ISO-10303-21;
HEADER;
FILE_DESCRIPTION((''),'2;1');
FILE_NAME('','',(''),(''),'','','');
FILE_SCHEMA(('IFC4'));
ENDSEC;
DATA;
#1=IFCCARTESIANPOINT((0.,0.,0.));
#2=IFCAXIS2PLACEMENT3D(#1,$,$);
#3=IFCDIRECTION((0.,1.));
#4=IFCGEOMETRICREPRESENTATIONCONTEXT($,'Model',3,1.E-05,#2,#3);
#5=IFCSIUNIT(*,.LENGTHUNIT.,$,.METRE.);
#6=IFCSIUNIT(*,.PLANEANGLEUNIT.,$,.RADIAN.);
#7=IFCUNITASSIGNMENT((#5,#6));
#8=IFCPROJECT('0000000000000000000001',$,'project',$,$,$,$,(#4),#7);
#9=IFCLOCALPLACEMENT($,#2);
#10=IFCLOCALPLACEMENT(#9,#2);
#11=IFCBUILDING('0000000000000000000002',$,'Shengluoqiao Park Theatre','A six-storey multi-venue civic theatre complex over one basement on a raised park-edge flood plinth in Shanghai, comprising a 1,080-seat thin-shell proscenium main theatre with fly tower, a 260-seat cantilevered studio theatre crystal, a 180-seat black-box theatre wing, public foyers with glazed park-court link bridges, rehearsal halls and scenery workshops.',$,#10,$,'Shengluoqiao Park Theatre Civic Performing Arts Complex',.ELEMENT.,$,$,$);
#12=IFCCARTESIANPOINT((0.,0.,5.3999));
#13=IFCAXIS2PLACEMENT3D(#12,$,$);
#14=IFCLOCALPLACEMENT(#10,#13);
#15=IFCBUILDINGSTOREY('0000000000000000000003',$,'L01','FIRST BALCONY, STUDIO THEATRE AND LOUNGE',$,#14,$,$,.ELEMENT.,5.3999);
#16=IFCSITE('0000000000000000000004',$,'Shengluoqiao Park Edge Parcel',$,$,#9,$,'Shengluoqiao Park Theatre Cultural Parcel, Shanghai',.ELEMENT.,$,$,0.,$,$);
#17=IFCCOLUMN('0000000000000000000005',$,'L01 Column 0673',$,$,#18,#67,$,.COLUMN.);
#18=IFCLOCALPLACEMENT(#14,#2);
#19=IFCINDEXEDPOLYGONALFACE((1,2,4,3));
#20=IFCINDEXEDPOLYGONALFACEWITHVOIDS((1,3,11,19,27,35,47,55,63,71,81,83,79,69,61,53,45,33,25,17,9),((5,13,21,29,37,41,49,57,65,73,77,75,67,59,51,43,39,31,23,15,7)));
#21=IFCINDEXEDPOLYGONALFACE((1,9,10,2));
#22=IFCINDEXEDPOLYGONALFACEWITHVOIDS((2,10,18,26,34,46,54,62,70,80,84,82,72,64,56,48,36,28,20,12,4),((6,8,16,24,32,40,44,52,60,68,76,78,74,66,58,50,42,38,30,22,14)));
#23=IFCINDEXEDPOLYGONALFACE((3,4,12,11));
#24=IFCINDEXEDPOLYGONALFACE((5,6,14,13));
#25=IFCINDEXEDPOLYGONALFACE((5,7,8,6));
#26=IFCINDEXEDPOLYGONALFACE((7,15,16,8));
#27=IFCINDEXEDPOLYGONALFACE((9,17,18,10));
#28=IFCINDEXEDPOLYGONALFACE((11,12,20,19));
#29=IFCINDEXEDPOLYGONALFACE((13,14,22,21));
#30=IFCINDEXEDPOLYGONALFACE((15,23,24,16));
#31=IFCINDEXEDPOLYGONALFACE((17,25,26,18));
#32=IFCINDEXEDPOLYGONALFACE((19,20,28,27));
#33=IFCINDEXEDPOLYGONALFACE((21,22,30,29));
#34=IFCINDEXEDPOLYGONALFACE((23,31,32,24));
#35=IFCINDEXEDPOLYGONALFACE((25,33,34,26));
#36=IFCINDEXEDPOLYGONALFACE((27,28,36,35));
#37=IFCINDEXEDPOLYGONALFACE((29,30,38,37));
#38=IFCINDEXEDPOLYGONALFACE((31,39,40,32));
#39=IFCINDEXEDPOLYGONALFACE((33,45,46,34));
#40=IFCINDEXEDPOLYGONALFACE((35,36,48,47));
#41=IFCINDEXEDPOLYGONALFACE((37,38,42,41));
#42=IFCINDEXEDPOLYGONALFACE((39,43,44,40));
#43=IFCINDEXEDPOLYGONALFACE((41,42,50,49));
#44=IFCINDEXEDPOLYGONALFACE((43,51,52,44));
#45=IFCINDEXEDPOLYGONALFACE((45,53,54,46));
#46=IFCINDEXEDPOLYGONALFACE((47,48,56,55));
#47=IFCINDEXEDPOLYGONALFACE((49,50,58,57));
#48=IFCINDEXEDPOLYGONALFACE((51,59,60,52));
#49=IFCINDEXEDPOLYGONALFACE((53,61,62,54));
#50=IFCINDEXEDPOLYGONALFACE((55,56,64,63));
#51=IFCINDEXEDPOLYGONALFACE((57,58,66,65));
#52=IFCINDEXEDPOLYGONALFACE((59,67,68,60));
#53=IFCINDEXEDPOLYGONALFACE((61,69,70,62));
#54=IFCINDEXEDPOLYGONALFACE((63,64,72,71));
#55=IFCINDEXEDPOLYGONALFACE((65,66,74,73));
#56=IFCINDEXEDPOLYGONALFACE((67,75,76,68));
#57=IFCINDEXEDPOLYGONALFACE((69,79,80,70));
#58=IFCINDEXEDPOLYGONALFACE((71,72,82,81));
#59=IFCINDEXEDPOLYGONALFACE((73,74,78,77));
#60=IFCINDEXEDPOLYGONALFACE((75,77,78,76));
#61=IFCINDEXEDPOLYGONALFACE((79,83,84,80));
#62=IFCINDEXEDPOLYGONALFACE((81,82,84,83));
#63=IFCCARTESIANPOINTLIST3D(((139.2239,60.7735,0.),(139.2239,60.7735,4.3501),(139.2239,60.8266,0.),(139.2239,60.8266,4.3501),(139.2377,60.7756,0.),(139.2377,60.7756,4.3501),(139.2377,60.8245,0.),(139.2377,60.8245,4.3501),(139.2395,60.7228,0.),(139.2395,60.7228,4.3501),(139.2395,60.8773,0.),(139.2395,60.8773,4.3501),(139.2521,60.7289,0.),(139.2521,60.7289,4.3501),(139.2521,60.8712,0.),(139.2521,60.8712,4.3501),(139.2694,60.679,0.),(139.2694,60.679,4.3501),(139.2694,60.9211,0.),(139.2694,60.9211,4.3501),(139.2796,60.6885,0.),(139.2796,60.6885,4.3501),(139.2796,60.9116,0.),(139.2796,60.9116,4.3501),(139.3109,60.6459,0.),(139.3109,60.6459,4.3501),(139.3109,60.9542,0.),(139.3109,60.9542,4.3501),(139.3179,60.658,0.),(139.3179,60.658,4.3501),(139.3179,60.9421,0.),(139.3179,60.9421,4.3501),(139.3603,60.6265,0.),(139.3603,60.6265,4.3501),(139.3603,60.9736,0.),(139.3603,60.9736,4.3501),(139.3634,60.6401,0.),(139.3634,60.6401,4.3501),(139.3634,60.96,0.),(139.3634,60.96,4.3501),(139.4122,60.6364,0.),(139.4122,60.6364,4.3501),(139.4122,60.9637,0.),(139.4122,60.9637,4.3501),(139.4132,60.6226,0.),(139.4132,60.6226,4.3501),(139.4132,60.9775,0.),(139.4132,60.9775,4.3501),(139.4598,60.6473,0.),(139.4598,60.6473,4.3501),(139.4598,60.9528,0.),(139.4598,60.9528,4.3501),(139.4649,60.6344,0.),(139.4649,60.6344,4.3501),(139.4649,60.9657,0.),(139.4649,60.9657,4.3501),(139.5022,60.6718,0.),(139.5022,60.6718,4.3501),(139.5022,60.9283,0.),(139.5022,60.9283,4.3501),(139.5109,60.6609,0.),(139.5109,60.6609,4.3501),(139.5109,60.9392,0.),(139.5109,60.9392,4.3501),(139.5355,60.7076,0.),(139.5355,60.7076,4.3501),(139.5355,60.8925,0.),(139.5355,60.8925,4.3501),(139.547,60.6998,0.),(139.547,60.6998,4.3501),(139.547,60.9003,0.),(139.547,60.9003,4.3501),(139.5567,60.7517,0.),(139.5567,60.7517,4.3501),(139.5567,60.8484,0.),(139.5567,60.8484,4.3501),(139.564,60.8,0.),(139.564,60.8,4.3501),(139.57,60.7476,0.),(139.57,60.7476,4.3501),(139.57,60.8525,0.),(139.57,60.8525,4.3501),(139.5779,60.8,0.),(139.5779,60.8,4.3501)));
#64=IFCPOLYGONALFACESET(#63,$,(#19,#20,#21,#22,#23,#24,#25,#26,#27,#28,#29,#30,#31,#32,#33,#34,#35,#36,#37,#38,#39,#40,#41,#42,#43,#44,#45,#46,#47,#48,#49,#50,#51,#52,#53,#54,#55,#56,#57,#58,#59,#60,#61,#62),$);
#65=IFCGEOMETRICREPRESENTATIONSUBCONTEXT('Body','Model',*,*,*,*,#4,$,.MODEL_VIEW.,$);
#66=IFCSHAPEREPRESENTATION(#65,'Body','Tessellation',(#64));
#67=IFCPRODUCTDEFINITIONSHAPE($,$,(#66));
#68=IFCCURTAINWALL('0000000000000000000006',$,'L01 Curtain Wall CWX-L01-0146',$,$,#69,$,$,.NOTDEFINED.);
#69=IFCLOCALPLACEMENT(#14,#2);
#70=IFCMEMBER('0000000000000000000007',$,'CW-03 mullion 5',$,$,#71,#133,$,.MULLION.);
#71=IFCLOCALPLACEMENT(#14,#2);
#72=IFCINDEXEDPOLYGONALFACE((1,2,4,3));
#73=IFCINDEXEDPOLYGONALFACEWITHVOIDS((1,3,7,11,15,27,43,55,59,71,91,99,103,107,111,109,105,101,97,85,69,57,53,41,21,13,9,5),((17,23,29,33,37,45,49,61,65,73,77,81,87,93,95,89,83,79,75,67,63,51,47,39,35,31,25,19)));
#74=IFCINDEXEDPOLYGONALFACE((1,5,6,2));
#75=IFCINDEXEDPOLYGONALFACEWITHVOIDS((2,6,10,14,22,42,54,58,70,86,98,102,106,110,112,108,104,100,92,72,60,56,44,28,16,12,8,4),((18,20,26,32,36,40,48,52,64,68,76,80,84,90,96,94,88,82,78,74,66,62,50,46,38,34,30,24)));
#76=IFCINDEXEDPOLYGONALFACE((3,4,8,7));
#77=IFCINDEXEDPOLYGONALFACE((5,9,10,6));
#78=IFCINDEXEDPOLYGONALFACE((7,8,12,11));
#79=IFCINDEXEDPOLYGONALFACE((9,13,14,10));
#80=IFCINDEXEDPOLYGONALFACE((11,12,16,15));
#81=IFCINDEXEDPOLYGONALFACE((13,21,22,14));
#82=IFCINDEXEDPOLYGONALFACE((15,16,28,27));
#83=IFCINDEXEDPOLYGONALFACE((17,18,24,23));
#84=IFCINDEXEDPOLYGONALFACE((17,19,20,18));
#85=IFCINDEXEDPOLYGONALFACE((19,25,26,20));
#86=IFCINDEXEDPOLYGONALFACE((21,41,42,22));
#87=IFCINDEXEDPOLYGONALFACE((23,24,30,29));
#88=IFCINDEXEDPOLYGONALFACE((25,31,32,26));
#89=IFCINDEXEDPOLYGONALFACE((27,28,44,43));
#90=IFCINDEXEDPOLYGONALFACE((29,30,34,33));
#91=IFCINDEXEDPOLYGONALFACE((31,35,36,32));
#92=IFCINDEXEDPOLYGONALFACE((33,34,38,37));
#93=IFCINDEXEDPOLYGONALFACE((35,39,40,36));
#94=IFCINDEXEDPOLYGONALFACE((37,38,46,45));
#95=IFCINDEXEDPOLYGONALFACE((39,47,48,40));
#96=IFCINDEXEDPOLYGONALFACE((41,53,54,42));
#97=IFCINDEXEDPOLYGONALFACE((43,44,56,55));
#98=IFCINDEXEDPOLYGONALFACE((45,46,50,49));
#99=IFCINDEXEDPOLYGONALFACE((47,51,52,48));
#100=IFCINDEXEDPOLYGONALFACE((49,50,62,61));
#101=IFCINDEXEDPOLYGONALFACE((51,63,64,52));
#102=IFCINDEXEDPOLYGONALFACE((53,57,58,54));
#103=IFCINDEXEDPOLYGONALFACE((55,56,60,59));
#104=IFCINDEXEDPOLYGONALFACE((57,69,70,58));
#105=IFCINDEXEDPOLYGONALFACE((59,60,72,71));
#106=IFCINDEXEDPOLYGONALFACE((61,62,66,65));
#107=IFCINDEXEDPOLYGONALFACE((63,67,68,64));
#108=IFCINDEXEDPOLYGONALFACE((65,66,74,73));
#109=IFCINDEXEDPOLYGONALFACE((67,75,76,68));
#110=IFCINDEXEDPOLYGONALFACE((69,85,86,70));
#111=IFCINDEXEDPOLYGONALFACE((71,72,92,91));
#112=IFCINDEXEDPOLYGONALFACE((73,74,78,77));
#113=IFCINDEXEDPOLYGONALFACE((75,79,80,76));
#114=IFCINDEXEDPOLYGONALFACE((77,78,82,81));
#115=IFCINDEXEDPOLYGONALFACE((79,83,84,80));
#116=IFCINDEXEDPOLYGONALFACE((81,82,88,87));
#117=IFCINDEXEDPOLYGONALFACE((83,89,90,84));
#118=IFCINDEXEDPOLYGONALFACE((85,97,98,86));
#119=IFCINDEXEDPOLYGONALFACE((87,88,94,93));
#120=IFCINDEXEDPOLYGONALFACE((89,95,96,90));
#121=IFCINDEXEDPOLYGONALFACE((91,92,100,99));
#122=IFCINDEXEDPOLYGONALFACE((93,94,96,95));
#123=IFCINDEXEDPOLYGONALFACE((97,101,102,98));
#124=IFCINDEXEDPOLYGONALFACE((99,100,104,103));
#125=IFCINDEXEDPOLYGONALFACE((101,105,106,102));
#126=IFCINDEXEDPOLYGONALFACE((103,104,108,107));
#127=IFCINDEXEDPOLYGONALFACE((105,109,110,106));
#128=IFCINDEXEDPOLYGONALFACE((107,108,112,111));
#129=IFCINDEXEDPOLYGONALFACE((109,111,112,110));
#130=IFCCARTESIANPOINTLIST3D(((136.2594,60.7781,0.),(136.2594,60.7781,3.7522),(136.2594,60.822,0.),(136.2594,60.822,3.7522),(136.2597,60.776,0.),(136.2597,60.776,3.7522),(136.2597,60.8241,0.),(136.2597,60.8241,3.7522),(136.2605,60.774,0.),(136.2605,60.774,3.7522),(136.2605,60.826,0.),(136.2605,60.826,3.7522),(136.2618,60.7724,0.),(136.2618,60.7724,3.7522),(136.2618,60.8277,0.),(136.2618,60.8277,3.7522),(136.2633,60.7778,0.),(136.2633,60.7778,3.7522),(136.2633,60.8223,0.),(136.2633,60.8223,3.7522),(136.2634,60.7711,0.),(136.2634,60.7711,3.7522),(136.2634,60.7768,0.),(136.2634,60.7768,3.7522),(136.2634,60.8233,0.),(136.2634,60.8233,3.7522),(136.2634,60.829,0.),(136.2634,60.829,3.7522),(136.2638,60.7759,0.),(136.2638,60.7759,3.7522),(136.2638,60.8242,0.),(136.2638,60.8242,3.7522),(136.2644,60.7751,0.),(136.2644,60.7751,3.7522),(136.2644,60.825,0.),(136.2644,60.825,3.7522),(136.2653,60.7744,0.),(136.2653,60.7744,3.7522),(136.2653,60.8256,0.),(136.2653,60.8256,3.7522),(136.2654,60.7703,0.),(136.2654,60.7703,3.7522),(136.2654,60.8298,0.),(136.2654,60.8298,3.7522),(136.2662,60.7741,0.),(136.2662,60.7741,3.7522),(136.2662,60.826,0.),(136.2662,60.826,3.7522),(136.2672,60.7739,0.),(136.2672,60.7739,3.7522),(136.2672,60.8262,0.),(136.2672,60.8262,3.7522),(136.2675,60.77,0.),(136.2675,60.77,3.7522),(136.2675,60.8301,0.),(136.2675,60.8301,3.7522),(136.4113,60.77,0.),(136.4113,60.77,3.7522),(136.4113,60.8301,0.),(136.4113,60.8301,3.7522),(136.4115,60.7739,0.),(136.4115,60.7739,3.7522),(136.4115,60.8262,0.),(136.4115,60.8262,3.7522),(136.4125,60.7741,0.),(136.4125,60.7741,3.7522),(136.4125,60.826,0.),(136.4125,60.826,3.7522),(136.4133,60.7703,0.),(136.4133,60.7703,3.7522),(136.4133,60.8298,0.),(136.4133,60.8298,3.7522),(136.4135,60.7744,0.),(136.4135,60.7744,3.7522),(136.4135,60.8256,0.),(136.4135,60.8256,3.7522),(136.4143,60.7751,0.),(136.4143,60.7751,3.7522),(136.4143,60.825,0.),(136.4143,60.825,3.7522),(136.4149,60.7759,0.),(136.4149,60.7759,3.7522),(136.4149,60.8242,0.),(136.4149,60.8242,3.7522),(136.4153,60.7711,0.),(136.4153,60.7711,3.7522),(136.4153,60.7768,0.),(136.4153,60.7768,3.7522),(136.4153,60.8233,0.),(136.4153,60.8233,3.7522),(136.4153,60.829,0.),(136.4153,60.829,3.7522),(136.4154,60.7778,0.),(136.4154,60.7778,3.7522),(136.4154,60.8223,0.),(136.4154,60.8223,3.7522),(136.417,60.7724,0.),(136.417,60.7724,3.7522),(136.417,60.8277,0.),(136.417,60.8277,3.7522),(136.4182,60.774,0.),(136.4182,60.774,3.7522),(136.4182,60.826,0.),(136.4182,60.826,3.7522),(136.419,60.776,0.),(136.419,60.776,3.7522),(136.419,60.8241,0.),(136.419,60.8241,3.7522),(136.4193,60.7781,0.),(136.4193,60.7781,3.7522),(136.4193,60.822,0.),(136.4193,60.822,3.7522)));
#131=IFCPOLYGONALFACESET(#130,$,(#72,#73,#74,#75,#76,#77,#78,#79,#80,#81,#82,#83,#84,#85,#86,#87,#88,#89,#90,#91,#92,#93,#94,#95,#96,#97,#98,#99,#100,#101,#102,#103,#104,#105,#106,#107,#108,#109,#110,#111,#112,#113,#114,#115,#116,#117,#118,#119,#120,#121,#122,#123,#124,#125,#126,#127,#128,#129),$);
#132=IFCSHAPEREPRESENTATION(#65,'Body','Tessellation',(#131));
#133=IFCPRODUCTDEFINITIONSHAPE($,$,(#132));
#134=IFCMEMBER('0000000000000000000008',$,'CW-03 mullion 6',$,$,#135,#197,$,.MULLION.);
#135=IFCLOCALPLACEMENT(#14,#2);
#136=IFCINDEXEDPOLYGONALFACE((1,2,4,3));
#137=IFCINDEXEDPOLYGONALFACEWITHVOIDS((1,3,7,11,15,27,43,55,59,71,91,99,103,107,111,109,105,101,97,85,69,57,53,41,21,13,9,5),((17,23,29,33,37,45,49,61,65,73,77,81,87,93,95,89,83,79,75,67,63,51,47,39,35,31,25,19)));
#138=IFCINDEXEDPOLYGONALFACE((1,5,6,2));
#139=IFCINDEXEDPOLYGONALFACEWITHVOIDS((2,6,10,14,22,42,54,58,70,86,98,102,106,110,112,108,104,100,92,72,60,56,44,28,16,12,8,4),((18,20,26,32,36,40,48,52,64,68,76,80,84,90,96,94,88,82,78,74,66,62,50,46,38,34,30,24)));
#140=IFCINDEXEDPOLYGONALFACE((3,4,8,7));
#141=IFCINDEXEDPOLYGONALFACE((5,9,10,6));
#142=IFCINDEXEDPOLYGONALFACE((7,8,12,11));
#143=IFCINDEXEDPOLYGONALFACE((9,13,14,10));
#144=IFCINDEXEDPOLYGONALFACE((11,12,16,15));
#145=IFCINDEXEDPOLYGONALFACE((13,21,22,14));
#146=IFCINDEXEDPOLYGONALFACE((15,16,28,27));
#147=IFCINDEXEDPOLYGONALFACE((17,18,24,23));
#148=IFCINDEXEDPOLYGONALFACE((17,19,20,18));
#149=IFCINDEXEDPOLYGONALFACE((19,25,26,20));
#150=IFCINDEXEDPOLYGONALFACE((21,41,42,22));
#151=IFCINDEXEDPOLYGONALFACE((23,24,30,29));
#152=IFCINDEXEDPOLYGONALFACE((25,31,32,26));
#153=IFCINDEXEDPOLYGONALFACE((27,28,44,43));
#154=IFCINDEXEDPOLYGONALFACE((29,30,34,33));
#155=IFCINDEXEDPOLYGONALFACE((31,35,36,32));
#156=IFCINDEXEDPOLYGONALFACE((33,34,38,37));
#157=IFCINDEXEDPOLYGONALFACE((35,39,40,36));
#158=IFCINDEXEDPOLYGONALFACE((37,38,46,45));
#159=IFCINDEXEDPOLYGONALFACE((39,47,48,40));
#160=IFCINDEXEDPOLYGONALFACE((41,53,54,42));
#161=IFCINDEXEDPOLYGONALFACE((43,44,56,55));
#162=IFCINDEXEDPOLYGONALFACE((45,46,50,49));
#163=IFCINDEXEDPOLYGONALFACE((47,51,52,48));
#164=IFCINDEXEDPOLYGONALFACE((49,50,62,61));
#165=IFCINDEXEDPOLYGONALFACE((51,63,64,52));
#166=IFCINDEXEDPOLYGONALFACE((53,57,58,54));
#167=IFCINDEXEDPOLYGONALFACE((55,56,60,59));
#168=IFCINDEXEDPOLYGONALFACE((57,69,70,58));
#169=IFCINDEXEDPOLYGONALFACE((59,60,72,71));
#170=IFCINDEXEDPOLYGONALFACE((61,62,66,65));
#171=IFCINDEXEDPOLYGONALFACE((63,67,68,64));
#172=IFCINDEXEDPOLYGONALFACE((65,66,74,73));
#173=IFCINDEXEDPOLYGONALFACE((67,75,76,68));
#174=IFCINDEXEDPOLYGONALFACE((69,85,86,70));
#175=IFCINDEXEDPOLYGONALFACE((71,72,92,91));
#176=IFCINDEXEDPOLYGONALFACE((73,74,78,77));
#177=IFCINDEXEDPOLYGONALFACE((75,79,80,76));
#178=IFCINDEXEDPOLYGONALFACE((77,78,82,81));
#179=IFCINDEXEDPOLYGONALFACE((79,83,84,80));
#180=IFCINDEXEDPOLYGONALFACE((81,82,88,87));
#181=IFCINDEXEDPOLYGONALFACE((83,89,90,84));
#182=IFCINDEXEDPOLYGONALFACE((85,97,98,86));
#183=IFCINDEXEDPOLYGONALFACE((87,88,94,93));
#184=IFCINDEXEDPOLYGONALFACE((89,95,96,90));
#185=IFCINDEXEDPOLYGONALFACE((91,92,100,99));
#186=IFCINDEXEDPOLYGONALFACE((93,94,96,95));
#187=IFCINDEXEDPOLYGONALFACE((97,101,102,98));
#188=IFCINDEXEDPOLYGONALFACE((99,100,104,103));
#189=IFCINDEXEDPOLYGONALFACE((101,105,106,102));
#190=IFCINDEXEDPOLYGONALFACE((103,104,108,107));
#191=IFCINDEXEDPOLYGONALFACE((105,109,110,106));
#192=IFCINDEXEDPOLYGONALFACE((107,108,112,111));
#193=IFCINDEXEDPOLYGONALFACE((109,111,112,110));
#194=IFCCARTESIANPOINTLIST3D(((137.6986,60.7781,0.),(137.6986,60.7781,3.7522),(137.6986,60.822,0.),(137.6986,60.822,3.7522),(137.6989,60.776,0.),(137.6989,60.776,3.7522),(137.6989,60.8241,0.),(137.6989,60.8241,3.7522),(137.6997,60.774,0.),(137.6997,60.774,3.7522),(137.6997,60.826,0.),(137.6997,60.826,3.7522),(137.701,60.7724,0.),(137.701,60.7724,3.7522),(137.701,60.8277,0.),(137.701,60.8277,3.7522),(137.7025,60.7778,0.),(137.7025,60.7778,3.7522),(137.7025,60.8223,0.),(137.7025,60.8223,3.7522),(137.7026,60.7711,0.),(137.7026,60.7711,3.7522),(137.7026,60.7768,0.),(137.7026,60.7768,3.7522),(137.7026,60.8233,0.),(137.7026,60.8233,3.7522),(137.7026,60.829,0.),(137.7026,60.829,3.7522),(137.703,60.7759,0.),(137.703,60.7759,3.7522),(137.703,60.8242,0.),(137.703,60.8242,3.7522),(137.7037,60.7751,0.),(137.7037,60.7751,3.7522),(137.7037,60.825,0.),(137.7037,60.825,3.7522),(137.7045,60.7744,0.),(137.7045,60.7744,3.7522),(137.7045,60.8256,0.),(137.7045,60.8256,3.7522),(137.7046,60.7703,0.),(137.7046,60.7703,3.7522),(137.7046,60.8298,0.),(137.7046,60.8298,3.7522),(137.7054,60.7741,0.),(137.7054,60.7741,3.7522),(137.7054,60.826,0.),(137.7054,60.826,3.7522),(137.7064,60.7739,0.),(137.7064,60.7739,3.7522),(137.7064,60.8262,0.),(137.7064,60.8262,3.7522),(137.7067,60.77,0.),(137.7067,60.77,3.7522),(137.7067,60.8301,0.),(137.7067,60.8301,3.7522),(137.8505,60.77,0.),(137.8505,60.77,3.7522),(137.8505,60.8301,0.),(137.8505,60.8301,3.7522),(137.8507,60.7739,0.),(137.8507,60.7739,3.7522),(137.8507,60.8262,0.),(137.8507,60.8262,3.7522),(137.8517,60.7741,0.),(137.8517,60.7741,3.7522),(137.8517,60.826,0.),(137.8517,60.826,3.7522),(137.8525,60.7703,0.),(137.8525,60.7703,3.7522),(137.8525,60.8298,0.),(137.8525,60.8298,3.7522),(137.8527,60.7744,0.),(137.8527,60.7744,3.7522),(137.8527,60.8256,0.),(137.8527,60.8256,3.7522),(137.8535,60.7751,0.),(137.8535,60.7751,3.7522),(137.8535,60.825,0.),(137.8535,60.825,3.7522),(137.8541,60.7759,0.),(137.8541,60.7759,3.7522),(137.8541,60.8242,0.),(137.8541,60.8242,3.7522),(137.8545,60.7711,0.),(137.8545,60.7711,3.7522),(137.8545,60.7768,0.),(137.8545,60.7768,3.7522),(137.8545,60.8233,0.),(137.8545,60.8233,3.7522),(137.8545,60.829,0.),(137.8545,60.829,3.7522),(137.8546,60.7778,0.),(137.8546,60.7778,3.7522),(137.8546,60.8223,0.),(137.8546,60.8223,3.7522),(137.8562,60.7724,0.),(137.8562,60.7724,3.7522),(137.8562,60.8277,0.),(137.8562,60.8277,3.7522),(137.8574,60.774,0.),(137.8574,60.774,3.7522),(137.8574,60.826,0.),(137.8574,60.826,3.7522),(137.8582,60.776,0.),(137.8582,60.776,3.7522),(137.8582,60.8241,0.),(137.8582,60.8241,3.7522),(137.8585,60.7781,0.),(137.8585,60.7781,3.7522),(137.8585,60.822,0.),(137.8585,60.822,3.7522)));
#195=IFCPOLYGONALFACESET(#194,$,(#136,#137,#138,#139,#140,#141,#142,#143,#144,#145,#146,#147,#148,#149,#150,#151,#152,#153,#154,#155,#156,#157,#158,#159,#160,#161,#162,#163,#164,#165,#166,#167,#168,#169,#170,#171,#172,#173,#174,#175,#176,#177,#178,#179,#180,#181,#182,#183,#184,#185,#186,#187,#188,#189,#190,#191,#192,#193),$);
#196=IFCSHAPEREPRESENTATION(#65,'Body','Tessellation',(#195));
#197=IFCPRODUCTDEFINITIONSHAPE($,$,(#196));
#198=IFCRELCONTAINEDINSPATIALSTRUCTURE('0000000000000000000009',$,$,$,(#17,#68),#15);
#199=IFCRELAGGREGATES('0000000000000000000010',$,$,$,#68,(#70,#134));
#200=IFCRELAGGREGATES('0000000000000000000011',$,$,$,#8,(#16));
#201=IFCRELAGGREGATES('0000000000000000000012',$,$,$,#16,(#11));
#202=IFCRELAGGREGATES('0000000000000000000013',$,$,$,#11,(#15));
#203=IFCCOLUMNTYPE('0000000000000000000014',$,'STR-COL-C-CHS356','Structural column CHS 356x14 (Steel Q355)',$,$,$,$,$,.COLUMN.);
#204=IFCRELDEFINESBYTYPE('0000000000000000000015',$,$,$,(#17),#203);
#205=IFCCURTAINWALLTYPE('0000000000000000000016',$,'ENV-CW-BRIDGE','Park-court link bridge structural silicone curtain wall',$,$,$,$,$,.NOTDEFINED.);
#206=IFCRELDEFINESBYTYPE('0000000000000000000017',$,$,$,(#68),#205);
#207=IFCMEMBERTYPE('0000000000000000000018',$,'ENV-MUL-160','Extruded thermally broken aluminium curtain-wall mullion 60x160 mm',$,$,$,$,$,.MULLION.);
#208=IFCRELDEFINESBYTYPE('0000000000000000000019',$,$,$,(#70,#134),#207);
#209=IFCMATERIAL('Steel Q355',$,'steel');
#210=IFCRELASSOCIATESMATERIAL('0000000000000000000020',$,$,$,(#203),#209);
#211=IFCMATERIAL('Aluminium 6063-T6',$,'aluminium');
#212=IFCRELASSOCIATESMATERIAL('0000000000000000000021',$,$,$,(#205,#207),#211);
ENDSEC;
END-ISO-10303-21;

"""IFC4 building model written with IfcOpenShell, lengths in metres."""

from ifc_helpers import new_model, si_unit, direction, frame, origin, origin_2d, place, context, subcontext, project, spatial, hollow_rectangle, hollow_circle, extrude, material, material_profile, profile_set, type_object, element, aggregate, save


model = new_model("IFC4")

# Units and contexts
model_context = context("Model", 3, precision=1e-05, world=origin(), true_north=direction((0.0, 1.0)))
body_context = subcontext(model_context, "Body", "Model", "MODEL_VIEW")
ifc_project = project(units=[si_unit("LENGTHUNIT", "METRE"), si_unit("PLANEANGLEUNIT", "RADIAN")], contexts=[model_context])

# Site, building, storey
site_placement = place(None, origin())
site = spatial("IfcSite", under=ifc_project, at=site_placement, Name="Shengluoqiao Park Edge Parcel", LongName="Shengluoqiao Park Theatre Cultural Parcel, Shanghai", CompositionType="ELEMENT", RefElevation=0.0)
building_placement = place(site_placement, origin())
building = spatial("IfcBuilding", under=site, at=building_placement, Name="Shengluoqiao Park Theatre", Description="A six-storey multi-venue civic theatre complex over one basement on a raised park-edge flood plinth in Shanghai, comprising a 1,080-seat thin-shell proscenium main theatre with fly tower, a 260-seat cantilevered studio theatre crystal, a 180-seat black-box theatre wing, public foyers with glazed park-court link bridges, rehearsal halls and scenery workshops.", LongName="Shengluoqiao Park Theatre Civic Performing Arts Complex", CompositionType="ELEMENT")
storey_placement = place(building_placement, frame((0.0, 0.0, 5.3999)))
storey = spatial("IfcBuildingStorey", under=building, at=storey_placement, Name="L01", Description="FIRST BALCONY, STUDIO THEATRE AND LOUNGE", CompositionType="ELEMENT", Elevation=5.3999)

# Column
ifc_material_1 = material(Name="Steel Q355", Category="steel")
ifc_material_profile_1 = material_profile(ifc_material_1, hollow_circle(Radius=0.178, WallThickness=0.0139, at=origin_2d()), Name="CHS 356x14")
ifc_profile_set_1 = profile_set([ifc_material_profile_1], Name="Steel Q355")
column_type = type_object("IfcColumnType", Name="STR-COL-C-CHS356", Description="Structural column CHS 356x14 (Steel Q355)", PredefinedType="COLUMN", material=ifc_profile_set_1)
column_placement = place(storey_placement, frame((139.3999, 60.8, 0.0), z_axis=(0.0, 0.0, 1.0), x_axis=(1.0, 0.0, 0.0)))
element("IfcColumn", 1, at=column_placement, inside=storey, type_object=column_type, Name="L01 Column 0673", PredefinedType="COLUMN", context=body_context, shape_type="SweptSolid", body=[
    extrude(hollow_circle(Radius=0.178, WallThickness=0.0139, at=origin_2d()), origin(), (0.0, 0.0, 1.0), 4.3501),
])

# Curtain wall, members
ifc_material_2 = material(Name="Aluminium 6063-T6", Category="aluminium")
curtain_wall_type = type_object("IfcCurtainWallType", Name="ENV-CW-BRIDGE", Description="Park-court link bridge structural silicone curtain wall", PredefinedType="NOTDEFINED", material=ifc_material_2)
curtain_wall_1_placement = place(storey_placement, origin())
curtain_wall_1 = element("IfcCurtainWall", 2, at=curtain_wall_1_placement, inside=storey, type_object=curtain_wall_type, Name="L01 Curtain Wall CWX-L01-0146", PredefinedType="NOTDEFINED")
ifc_material_profile_2 = material_profile(ifc_material_2, hollow_rectangle(XDim=0.0601, YDim=0.1599, WallThickness=0.0039, InnerFilletRadius=0.0039, OuterFilletRadius=0.0081, at=origin_2d()), Name="ALU MULLION 160x60x4")
ifc_profile_set_2 = profile_set([ifc_material_profile_2], Name="Aluminium 6063-T6")
member_type_1 = type_object("IfcMemberType", Name="ENV-MUL-160", Description="Extruded thermally broken aluminium curtain-wall mullion 60x160 mm", PredefinedType="MULLION", material=ifc_profile_set_2)
member_1_placement = place(storey_placement, frame((136.3394, 60.8, 0.0), z_axis=(0.0, 0.0, 1.0), x_axis=(0.0, 1.0, 0.0)))
member_1 = element("IfcMember", 3, at=member_1_placement, type_object=member_type_1, Name="CW-03 mullion 5", PredefinedType="MULLION", context=body_context, shape_type="SweptSolid", body=[
    extrude(hollow_rectangle(XDim=0.0601, YDim=0.1599, WallThickness=0.0039, InnerFilletRadius=0.0039, OuterFilletRadius=0.0081, at=origin_2d()), origin(), (0.0, 0.0, 1.0), 3.7522),
])
member_2_placement = place(storey_placement, frame((137.7786, 60.8, 0.0), z_axis=(0.0, 0.0, 1.0), x_axis=(0.0, 1.0, 0.0)))
member_2 = element("IfcMember", 4, at=member_2_placement, type_object=member_type_1, Name="CW-03 mullion 6", PredefinedType="MULLION", context=body_context, shape_type="SweptSolid", body=[
    extrude(hollow_rectangle(XDim=0.0601, YDim=0.1599, WallThickness=0.0039, InnerFilletRadius=0.0039, OuterFilletRadius=0.0081, at=origin_2d()), origin(), (0.0, 0.0, 1.0), 3.7522),
])

aggregate(curtain_wall_1, [member_1, member_2])

save(model, "model.ifc")
